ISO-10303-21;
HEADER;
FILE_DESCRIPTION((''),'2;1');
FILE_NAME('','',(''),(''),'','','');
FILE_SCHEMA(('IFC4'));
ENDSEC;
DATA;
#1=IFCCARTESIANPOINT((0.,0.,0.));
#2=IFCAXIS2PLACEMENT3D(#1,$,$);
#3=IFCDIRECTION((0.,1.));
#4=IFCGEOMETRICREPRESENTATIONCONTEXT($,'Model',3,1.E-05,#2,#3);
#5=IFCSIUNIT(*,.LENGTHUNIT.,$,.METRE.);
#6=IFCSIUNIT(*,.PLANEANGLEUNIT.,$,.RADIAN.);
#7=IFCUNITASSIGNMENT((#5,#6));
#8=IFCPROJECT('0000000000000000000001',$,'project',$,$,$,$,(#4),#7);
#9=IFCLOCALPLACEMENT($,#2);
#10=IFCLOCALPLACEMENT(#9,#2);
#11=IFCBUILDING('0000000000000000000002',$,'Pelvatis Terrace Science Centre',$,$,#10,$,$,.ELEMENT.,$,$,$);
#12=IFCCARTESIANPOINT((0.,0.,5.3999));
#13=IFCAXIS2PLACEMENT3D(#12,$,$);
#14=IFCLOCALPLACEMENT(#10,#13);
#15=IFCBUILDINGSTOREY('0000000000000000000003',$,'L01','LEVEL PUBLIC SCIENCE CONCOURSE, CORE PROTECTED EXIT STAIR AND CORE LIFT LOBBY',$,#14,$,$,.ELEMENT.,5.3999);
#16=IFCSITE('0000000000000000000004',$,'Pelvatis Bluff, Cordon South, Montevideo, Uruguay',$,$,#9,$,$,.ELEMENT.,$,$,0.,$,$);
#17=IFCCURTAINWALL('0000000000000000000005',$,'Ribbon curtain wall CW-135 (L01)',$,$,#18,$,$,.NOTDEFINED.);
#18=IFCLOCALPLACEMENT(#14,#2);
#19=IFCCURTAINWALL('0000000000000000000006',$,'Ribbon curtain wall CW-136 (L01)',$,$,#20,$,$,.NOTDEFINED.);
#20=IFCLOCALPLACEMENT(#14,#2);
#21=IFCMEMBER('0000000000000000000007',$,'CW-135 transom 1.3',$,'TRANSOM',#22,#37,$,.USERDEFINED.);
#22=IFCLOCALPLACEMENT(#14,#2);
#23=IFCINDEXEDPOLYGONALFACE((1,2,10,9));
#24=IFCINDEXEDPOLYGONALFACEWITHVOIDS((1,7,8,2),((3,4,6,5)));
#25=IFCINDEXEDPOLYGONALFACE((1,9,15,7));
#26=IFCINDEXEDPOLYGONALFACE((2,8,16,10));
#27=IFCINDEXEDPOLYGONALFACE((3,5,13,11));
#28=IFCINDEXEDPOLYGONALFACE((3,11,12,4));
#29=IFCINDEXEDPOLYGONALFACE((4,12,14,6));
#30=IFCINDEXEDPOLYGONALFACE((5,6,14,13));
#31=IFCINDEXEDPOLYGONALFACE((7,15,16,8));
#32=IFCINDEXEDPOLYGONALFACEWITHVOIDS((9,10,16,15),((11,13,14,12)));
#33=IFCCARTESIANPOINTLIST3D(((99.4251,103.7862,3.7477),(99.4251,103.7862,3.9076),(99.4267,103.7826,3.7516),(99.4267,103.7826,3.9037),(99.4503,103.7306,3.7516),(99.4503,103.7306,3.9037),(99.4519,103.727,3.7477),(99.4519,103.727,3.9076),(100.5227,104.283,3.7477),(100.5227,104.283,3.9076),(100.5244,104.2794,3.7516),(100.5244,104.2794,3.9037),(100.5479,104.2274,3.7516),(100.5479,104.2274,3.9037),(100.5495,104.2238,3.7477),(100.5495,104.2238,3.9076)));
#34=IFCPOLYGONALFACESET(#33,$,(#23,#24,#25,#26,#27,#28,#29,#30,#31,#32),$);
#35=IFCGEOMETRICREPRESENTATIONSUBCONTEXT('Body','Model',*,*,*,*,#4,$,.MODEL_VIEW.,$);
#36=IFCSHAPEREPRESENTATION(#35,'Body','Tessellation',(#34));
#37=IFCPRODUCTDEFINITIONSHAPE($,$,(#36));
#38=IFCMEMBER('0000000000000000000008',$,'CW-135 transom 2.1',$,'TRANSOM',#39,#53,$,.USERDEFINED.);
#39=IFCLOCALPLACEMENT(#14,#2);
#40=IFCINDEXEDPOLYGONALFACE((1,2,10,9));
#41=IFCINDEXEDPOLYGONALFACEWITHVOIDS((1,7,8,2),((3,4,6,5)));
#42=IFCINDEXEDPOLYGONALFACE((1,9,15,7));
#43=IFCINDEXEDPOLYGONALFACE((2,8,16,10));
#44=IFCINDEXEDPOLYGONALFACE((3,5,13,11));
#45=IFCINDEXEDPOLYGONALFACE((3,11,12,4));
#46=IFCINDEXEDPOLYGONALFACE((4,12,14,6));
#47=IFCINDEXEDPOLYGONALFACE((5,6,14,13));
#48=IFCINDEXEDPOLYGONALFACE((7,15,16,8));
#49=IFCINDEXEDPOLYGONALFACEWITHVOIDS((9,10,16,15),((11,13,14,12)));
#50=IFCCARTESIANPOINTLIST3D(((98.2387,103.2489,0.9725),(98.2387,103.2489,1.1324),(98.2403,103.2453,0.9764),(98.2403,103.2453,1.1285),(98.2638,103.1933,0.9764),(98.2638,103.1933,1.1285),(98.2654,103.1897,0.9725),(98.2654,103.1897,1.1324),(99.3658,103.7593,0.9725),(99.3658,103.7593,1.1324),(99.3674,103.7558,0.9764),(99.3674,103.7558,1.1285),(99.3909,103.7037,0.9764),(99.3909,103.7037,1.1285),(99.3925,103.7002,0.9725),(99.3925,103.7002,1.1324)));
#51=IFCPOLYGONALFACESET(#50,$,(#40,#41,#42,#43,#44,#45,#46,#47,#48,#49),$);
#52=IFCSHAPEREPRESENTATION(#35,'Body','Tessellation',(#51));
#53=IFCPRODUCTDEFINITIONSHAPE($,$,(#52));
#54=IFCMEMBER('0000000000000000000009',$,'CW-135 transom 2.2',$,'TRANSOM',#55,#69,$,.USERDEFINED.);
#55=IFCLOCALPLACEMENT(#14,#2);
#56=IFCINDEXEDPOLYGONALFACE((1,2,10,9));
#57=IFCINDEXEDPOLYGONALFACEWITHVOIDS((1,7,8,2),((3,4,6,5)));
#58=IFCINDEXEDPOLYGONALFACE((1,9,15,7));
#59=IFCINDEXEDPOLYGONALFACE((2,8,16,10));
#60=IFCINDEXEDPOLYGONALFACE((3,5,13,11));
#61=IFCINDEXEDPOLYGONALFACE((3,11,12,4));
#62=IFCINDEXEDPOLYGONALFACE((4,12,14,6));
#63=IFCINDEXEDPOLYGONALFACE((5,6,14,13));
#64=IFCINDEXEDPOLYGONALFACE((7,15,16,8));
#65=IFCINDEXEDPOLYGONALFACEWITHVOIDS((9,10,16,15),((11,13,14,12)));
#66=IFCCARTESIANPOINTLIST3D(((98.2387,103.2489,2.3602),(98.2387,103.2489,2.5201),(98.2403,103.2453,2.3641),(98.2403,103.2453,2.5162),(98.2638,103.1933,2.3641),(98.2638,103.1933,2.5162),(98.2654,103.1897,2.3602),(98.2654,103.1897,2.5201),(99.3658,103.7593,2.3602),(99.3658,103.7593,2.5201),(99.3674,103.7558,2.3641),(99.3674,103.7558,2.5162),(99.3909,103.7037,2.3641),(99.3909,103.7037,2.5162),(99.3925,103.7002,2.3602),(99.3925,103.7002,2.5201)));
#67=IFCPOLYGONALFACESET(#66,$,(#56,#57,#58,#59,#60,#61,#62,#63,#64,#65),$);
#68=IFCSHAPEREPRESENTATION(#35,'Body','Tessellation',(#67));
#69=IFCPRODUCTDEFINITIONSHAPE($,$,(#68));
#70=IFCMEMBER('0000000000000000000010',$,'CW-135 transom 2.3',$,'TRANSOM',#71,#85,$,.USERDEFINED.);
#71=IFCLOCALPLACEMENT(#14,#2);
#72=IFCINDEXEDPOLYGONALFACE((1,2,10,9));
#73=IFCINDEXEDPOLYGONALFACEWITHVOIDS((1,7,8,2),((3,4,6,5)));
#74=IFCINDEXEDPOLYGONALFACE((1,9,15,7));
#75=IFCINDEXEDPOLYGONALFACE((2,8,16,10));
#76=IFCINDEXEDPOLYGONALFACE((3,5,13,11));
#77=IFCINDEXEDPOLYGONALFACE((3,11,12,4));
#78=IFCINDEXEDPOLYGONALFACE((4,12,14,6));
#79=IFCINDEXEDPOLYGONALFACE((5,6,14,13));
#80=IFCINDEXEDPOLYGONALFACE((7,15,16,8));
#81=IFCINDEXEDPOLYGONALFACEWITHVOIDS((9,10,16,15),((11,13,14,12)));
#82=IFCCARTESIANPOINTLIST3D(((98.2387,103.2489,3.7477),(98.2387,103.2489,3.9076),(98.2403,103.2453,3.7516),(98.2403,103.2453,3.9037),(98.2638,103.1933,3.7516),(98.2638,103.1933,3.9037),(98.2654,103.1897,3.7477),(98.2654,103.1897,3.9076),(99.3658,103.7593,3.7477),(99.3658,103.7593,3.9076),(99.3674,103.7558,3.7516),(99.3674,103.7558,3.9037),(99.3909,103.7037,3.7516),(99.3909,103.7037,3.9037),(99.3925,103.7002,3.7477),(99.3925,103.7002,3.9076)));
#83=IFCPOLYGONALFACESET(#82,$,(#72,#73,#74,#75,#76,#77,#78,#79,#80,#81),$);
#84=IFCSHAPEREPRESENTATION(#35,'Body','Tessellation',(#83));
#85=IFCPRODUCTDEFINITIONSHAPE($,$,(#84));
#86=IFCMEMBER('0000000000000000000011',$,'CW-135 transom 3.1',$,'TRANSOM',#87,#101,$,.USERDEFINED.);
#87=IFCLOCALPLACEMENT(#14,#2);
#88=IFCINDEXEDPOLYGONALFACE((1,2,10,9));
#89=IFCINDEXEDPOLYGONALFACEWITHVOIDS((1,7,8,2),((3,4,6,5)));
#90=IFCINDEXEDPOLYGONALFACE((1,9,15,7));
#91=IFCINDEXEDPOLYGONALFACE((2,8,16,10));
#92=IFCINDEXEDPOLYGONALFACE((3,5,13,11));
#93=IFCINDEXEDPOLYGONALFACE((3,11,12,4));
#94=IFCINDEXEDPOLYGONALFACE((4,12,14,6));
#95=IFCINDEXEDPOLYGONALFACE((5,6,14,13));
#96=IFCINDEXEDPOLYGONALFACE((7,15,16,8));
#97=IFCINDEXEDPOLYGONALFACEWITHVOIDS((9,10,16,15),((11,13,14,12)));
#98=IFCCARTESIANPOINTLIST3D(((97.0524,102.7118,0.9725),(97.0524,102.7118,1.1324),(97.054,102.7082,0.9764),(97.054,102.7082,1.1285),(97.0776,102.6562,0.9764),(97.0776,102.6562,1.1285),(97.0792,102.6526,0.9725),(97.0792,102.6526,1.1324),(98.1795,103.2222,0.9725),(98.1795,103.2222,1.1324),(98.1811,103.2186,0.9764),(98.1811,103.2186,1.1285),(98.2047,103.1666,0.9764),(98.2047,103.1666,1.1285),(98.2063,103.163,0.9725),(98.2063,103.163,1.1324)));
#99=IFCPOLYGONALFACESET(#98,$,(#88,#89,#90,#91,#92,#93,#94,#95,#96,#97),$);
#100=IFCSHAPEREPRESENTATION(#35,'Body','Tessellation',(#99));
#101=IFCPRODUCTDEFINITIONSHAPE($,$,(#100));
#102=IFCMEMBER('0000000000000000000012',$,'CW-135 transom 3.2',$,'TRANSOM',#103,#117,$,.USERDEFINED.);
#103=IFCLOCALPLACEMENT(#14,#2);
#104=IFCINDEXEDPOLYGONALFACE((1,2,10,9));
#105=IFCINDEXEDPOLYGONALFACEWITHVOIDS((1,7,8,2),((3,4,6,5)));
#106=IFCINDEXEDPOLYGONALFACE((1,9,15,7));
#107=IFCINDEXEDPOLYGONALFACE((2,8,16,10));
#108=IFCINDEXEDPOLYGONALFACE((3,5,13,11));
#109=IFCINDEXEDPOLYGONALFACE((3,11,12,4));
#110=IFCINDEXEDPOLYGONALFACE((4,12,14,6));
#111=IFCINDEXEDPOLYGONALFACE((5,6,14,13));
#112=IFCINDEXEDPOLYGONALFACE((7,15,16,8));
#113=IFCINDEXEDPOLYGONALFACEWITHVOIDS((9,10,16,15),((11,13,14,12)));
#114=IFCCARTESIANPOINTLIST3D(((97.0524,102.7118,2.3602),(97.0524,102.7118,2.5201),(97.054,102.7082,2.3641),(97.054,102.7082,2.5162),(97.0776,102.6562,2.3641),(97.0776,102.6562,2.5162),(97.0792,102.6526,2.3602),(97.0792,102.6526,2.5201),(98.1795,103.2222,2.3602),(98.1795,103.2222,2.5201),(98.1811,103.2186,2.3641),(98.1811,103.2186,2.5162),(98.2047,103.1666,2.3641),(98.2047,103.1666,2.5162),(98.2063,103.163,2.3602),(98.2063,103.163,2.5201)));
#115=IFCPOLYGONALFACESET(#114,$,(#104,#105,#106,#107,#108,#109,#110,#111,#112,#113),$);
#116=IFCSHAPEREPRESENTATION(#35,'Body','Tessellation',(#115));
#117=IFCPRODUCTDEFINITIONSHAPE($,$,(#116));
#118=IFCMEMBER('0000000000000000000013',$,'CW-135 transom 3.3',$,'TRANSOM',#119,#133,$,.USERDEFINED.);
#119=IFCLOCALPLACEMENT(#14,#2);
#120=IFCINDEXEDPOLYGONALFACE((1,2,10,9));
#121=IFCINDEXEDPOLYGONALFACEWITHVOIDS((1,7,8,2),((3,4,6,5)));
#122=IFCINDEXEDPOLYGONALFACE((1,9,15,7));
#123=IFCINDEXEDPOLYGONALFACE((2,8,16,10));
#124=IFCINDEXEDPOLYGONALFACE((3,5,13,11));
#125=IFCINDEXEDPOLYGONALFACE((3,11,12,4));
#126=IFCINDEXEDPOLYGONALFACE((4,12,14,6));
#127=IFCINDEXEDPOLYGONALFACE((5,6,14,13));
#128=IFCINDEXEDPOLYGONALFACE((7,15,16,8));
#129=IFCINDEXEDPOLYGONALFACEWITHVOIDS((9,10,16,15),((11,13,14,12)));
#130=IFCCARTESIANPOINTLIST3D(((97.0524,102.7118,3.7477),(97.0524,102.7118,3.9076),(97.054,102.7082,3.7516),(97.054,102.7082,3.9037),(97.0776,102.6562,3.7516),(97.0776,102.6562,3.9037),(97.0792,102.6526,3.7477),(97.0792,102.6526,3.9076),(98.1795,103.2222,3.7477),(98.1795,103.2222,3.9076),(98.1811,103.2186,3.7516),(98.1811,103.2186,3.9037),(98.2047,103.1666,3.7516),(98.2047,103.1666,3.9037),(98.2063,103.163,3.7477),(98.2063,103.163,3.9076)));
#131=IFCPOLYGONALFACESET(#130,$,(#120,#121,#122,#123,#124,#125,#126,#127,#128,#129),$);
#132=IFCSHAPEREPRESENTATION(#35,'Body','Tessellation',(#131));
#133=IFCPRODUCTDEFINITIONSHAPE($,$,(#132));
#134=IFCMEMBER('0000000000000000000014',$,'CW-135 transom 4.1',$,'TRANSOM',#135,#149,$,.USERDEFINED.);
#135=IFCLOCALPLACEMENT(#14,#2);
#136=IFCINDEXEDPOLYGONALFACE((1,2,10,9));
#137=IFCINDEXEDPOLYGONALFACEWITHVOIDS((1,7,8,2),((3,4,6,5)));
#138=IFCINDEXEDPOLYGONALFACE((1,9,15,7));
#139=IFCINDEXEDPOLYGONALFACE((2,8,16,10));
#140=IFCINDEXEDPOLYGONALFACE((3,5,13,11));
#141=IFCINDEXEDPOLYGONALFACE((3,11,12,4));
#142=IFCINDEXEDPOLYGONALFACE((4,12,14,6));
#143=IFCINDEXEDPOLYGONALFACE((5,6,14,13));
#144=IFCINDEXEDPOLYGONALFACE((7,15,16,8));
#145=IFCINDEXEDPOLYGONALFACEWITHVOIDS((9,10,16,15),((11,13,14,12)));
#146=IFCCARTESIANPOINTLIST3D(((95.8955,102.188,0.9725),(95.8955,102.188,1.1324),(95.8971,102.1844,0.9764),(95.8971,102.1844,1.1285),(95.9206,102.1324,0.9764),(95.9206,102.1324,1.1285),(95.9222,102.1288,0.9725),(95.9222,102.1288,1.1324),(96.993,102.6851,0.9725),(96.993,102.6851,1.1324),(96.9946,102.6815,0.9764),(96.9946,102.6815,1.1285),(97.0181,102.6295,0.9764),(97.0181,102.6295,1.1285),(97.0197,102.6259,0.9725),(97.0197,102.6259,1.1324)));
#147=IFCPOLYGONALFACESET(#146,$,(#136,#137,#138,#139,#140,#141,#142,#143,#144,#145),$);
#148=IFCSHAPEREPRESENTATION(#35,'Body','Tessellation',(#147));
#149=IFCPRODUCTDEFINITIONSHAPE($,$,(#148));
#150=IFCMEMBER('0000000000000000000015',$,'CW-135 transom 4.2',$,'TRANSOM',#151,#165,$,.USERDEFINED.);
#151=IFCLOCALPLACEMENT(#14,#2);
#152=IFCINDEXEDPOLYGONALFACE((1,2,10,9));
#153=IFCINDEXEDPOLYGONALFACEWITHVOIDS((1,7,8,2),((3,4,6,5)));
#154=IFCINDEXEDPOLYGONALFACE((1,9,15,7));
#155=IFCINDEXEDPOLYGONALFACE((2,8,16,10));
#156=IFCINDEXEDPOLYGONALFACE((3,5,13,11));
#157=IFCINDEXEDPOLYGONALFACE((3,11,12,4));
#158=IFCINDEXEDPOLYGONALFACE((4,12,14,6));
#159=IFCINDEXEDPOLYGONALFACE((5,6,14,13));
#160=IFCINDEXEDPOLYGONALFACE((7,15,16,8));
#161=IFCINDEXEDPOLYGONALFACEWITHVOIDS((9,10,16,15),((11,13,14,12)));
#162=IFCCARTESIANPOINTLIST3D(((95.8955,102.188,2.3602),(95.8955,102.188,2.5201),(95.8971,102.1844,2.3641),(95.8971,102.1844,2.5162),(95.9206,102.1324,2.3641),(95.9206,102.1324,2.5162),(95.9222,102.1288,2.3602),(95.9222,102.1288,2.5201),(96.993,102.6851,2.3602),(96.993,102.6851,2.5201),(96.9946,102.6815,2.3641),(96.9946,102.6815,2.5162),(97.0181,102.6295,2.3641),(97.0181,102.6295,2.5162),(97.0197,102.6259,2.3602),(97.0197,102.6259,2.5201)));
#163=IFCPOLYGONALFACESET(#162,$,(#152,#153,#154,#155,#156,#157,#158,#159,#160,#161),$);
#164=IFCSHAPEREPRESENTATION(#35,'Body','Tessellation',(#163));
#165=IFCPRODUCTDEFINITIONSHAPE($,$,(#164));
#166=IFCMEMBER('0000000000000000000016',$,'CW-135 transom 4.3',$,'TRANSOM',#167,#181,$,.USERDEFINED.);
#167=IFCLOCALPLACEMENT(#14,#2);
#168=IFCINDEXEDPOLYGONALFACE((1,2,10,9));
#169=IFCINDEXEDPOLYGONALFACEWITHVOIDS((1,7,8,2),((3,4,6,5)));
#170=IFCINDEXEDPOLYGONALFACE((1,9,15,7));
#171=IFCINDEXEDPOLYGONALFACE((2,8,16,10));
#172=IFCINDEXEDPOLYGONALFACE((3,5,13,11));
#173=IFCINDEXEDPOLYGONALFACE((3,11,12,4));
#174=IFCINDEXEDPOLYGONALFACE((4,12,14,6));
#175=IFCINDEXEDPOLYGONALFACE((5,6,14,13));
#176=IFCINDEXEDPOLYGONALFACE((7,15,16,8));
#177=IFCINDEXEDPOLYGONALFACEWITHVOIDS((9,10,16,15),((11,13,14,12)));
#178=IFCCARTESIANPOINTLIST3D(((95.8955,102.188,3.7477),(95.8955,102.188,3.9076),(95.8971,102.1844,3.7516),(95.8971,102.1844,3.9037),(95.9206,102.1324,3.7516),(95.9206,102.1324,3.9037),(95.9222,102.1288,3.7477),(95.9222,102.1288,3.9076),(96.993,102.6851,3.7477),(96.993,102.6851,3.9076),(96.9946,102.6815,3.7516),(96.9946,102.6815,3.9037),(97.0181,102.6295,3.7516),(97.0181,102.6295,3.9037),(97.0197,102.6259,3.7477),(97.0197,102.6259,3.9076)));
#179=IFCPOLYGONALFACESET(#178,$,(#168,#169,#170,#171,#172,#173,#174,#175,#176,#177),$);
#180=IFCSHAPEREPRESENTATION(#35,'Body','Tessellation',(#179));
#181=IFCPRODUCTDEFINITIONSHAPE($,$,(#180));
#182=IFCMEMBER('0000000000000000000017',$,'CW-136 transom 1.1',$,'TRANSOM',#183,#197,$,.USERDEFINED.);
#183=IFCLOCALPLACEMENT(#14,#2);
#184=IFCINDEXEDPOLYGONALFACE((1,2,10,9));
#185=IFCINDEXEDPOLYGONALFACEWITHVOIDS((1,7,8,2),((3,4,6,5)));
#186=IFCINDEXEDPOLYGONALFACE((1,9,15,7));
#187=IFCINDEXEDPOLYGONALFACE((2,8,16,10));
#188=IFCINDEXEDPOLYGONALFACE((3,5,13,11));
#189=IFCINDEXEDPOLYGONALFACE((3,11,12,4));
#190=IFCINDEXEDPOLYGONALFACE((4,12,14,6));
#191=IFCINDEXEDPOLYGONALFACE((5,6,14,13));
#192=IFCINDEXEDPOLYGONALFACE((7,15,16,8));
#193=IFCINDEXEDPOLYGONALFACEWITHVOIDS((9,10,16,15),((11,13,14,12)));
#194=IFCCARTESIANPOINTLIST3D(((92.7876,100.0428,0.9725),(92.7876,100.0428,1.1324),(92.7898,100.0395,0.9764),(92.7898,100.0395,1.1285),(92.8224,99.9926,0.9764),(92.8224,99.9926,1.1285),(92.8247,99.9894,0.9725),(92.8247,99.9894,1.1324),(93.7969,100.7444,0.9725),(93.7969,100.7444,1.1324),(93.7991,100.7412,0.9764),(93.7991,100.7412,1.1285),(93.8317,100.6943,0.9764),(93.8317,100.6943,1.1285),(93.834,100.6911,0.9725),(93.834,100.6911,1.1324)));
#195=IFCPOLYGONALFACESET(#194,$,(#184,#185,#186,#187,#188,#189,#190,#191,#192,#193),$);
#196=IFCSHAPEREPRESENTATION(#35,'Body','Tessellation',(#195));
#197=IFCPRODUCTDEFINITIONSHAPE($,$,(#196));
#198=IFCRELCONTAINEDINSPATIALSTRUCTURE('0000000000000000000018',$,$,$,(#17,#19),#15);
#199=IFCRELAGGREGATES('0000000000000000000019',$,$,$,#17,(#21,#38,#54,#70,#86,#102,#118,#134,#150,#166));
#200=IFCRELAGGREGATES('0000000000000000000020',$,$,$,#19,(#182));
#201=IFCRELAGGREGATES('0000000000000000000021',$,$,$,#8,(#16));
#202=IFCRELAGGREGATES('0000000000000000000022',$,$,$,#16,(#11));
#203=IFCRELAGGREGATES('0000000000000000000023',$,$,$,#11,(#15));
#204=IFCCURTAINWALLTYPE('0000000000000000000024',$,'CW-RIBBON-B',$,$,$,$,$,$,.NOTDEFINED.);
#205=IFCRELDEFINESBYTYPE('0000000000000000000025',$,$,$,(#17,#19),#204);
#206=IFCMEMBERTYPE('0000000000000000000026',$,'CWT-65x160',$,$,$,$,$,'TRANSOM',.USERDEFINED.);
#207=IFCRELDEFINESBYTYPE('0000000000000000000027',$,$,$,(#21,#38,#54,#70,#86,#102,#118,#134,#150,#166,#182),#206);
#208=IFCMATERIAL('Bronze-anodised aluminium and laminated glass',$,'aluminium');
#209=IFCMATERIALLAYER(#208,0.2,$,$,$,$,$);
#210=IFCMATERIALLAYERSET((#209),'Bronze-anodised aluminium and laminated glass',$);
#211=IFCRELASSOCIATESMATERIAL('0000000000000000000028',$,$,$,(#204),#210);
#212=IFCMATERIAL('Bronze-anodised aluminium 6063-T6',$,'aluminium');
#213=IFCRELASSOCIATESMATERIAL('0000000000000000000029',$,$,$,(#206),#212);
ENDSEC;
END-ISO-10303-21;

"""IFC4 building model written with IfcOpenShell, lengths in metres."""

from ifc_helpers import new_model, si_unit, direction, frame, origin, origin_2d, place, context, subcontext, project, spatial, hollow_rectangle, extrude, material, layer, layer_set, material_profile, profile_set, type_object, element, aggregate, save


model = new_model("IFC4")

# Units and contexts
model_context = context("Model", 3, precision=1e-05, world=origin(), true_north=direction((0.0, 1.0)))
body_context = subcontext(model_context, "Body", "Model", "MODEL_VIEW")
ifc_project = project(units=[si_unit("LENGTHUNIT", "METRE"), si_unit("PLANEANGLEUNIT", "RADIAN")], contexts=[model_context])

# Site, building, storey
site_placement = place(None, origin())
site = spatial("IfcSite", under=ifc_project, at=site_placement, Name="Pelvatis Bluff, Cordon South, Montevideo, Uruguay", CompositionType="ELEMENT", RefElevation=0.0)
building_placement = place(site_placement, origin())
building = spatial("IfcBuilding", under=site, at=building_placement, Name="Pelvatis Terrace Science Centre", CompositionType="ELEMENT")
storey_placement = place(building_placement, frame((0.0, 0.0, 5.3999)))
storey = spatial("IfcBuildingStorey", under=building, at=storey_placement, Name="L01", Description="LEVEL PUBLIC SCIENCE CONCOURSE, CORE PROTECTED EXIT STAIR AND CORE LIFT LOBBY", CompositionType="ELEMENT", Elevation=5.3999)

# Curtain wall
ifc_material_1 = material(Name="Bronze-anodised aluminium and laminated glass", Category="aluminium")
ifc_layer_1 = layer(ifc_material_1, 0.2)
ifc_layer_set_1 = layer_set([ifc_layer_1], Name="Bronze-anodised aluminium and laminated glass")
curtain_wall_type = type_object("IfcCurtainWallType", Name="CW-RIBBON-B", PredefinedType="NOTDEFINED", material=ifc_layer_set_1)
curtain_wall_1_placement = place(storey_placement, origin())
curtain_wall_1 = element("IfcCurtainWall", 1, at=curtain_wall_1_placement, inside=storey, type_object=curtain_wall_type, Name="Ribbon curtain wall CW-135 (L01)", PredefinedType="NOTDEFINED")

# Curtain wall
curtain_wall_2_placement = place(storey_placement, origin())
curtain_wall_2 = element("IfcCurtainWall", 2, at=curtain_wall_2_placement, inside=storey, type_object=curtain_wall_type, Name="Ribbon curtain wall CW-136 (L01)", PredefinedType="NOTDEFINED")

# Members
ifc_material_2 = material(Name="Bronze-anodised aluminium 6063-T6", Category="aluminium")
ifc_material_profile_1 = material_profile(ifc_material_2, hollow_rectangle(XDim=0.0649, YDim=0.1599, WallThickness=0.0039, at=origin_2d()), Name="ALU-TRN 65x160")
ifc_profile_set_1 = profile_set([ifc_material_profile_1], Name="Bronze-anodised aluminium 6063-T6")
member_type_1 = type_object("IfcMemberType", Name="CWT-65x160", ElementType="TRANSOM", PredefinedType="USERDEFINED", material=ifc_profile_set_1)
member_1_placement = place(storey_placement, frame((100.5361, 104.2534, 3.8276), z_axis=(-0.911025, -0.412352, 0.0), x_axis=(0.412352, -0.911025, 0.0)))
member_1 = element("IfcMember", 3, at=member_1_placement, type_object=member_type_1, Name="CW-135 transom 1.3", ObjectType="TRANSOM", PredefinedType="USERDEFINED", context=body_context, shape_type="SweptSolid", body=[
    extrude(hollow_rectangle(XDim=0.0649, YDim=0.1599, WallThickness=0.0039, at=origin_2d()), origin(), (0.0, 0.0, 1.0), 1.2048),
])
member_2_placement = place(storey_placement, frame((99.3792, 103.7297, 1.0525), z_axis=(-0.910933, -0.412554, 0.0), x_axis=(0.412554, -0.910933, 0.0)))
member_2 = element("IfcMember", 4, at=member_2_placement, type_object=member_type_1, Name="CW-135 transom 2.1", ObjectType="TRANSOM", PredefinedType="USERDEFINED", context=body_context, shape_type="SweptSolid", body=[
    extrude(hollow_rectangle(XDim=0.0649, YDim=0.1599, WallThickness=0.0039, at=origin_2d()), origin(), (0.0, 0.0, 1.0), 1.2373),
])
member_3_placement = place(storey_placement, frame((99.3792, 103.7297, 2.4402), z_axis=(-0.910933, -0.412554, 0.0), x_axis=(0.412554, -0.910933, 0.0)))
member_3 = element("IfcMember", 5, at=member_3_placement, type_object=member_type_1, Name="CW-135 transom 2.2", ObjectType="TRANSOM", PredefinedType="USERDEFINED", context=body_context, shape_type="SweptSolid", body=[
    extrude(hollow_rectangle(XDim=0.0649, YDim=0.1599, WallThickness=0.0039, at=origin_2d()), origin(), (0.0, 0.0, 1.0), 1.2373),
])
member_4_placement = place(storey_placement, frame((99.3792, 103.7297, 3.8276), z_axis=(-0.910933, -0.412554, 0.0), x_axis=(0.412554, -0.910933, 0.0)))
member_4 = element("IfcMember", 6, at=member_4_placement, type_object=member_type_1, Name="CW-135 transom 2.3", ObjectType="TRANSOM", PredefinedType="USERDEFINED", context=body_context, shape_type="SweptSolid", body=[
    extrude(hollow_rectangle(XDim=0.0649, YDim=0.1599, WallThickness=0.0039, at=origin_2d()), origin(), (0.0, 0.0, 1.0), 1.2373),
])
member_5_placement = place(storey_placement, frame((98.1929, 103.1926, 1.0525), z_axis=(-0.910933, -0.412554, 0.0), x_axis=(0.412554, -0.910933, 0.0)))
member_5 = element("IfcMember", 7, at=member_5_placement, type_object=member_type_1, Name="CW-135 transom 3.1", ObjectType="TRANSOM", PredefinedType="USERDEFINED", context=body_context, shape_type="SweptSolid", body=[
    extrude(hollow_rectangle(XDim=0.0649, YDim=0.1599, WallThickness=0.0039, at=origin_2d()), origin(), (0.0, 0.0, 1.0), 1.2373),
])
member_6_placement = place(storey_placement, frame((98.1929, 103.1926, 2.4402), z_axis=(-0.910933, -0.412554, 0.0), x_axis=(0.412554, -0.910933, 0.0)))
member_6 = element("IfcMember", 8, at=member_6_placement, type_object=member_type_1, Name="CW-135 transom 3.2", ObjectType="TRANSOM", PredefinedType="USERDEFINED", context=body_context, shape_type="SweptSolid", body=[
    extrude(hollow_rectangle(XDim=0.0649, YDim=0.1599, WallThickness=0.0039, at=origin_2d()), origin(), (0.0, 0.0, 1.0), 1.2373),
])
member_7_placement = place(storey_placement, frame((98.1929, 103.1926, 3.8276), z_axis=(-0.910933, -0.412554, 0.0), x_axis=(0.412554, -0.910933, 0.0)))
member_7 = element("IfcMember", 9, at=member_7_placement, type_object=member_type_1, Name="CW-135 transom 3.3", ObjectType="TRANSOM", PredefinedType="USERDEFINED", context=body_context, shape_type="SweptSolid", body=[
    extrude(hollow_rectangle(XDim=0.0649, YDim=0.1599, WallThickness=0.0039, at=origin_2d()), origin(), (0.0, 0.0, 1.0), 1.2373),
])
member_8_placement = place(storey_placement, frame((97.0063, 102.6555, 1.0525), z_axis=(-0.910914, -0.412596, 0.0), x_axis=(0.412596, -0.910914, 0.0)))
member_8 = element("IfcMember", 10, at=member_8_placement, type_object=member_type_1, Name="CW-135 transom 4.1", ObjectType="TRANSOM", PredefinedType="USERDEFINED", context=body_context, shape_type="SweptSolid", body=[
    extrude(hollow_rectangle(XDim=0.0649, YDim=0.1599, WallThickness=0.0039, at=origin_2d()), origin(), (0.0, 0.0, 1.0), 1.2048),
])
member_9_placement = place(storey_placement, frame((97.0063, 102.6555, 2.4402), z_axis=(-0.910914, -0.412596, 0.0), x_axis=(0.412596, -0.910914, 0.0)))
member_9 = element("IfcMember", 11, at=member_9_placement, type_object=member_type_1, Name="CW-135 transom 4.2", ObjectType="TRANSOM", PredefinedType="USERDEFINED", context=body_context, shape_type="SweptSolid", body=[
    extrude(hollow_rectangle(XDim=0.0649, YDim=0.1599, WallThickness=0.0039, at=origin_2d()), origin(), (0.0, 0.0, 1.0), 1.2048),
])
member_10_placement = place(storey_placement, frame((97.0063, 102.6555, 3.8276), z_axis=(-0.910914, -0.412596, 0.0), x_axis=(0.412596, -0.910914, 0.0)))
member_10 = element("IfcMember", 12, at=member_10_placement, type_object=member_type_1, Name="CW-135 transom 4.3", ObjectType="TRANSOM", PredefinedType="USERDEFINED", context=body_context, shape_type="SweptSolid", body=[
    extrude(hollow_rectangle(XDim=0.0649, YDim=0.1599, WallThickness=0.0039, at=origin_2d()), origin(), (0.0, 0.0, 1.0), 1.2048),
])
member_11_placement = place(storey_placement, frame((93.8154, 100.7178, 1.0525), z_axis=(-0.821075, -0.57082, 0.0), x_axis=(0.57082, -0.821075, 0.0)))
member_11 = element("IfcMember", 13, at=member_11_placement, type_object=member_type_1, Name="CW-136 transom 1.1", ObjectType="TRANSOM", PredefinedType="USERDEFINED", context=body_context, shape_type="SweptSolid", body=[
    extrude(hollow_rectangle(XDim=0.0649, YDim=0.1599, WallThickness=0.0039, at=origin_2d()), origin(), (0.0, 0.0, 1.0), 1.2292),
])

aggregate(curtain_wall_1, [member_1, member_2, member_3, member_4, member_5, member_6, member_7, member_8, member_9, member_10])
aggregate(curtain_wall_2, [member_11])

save(model, "model.ifc")
